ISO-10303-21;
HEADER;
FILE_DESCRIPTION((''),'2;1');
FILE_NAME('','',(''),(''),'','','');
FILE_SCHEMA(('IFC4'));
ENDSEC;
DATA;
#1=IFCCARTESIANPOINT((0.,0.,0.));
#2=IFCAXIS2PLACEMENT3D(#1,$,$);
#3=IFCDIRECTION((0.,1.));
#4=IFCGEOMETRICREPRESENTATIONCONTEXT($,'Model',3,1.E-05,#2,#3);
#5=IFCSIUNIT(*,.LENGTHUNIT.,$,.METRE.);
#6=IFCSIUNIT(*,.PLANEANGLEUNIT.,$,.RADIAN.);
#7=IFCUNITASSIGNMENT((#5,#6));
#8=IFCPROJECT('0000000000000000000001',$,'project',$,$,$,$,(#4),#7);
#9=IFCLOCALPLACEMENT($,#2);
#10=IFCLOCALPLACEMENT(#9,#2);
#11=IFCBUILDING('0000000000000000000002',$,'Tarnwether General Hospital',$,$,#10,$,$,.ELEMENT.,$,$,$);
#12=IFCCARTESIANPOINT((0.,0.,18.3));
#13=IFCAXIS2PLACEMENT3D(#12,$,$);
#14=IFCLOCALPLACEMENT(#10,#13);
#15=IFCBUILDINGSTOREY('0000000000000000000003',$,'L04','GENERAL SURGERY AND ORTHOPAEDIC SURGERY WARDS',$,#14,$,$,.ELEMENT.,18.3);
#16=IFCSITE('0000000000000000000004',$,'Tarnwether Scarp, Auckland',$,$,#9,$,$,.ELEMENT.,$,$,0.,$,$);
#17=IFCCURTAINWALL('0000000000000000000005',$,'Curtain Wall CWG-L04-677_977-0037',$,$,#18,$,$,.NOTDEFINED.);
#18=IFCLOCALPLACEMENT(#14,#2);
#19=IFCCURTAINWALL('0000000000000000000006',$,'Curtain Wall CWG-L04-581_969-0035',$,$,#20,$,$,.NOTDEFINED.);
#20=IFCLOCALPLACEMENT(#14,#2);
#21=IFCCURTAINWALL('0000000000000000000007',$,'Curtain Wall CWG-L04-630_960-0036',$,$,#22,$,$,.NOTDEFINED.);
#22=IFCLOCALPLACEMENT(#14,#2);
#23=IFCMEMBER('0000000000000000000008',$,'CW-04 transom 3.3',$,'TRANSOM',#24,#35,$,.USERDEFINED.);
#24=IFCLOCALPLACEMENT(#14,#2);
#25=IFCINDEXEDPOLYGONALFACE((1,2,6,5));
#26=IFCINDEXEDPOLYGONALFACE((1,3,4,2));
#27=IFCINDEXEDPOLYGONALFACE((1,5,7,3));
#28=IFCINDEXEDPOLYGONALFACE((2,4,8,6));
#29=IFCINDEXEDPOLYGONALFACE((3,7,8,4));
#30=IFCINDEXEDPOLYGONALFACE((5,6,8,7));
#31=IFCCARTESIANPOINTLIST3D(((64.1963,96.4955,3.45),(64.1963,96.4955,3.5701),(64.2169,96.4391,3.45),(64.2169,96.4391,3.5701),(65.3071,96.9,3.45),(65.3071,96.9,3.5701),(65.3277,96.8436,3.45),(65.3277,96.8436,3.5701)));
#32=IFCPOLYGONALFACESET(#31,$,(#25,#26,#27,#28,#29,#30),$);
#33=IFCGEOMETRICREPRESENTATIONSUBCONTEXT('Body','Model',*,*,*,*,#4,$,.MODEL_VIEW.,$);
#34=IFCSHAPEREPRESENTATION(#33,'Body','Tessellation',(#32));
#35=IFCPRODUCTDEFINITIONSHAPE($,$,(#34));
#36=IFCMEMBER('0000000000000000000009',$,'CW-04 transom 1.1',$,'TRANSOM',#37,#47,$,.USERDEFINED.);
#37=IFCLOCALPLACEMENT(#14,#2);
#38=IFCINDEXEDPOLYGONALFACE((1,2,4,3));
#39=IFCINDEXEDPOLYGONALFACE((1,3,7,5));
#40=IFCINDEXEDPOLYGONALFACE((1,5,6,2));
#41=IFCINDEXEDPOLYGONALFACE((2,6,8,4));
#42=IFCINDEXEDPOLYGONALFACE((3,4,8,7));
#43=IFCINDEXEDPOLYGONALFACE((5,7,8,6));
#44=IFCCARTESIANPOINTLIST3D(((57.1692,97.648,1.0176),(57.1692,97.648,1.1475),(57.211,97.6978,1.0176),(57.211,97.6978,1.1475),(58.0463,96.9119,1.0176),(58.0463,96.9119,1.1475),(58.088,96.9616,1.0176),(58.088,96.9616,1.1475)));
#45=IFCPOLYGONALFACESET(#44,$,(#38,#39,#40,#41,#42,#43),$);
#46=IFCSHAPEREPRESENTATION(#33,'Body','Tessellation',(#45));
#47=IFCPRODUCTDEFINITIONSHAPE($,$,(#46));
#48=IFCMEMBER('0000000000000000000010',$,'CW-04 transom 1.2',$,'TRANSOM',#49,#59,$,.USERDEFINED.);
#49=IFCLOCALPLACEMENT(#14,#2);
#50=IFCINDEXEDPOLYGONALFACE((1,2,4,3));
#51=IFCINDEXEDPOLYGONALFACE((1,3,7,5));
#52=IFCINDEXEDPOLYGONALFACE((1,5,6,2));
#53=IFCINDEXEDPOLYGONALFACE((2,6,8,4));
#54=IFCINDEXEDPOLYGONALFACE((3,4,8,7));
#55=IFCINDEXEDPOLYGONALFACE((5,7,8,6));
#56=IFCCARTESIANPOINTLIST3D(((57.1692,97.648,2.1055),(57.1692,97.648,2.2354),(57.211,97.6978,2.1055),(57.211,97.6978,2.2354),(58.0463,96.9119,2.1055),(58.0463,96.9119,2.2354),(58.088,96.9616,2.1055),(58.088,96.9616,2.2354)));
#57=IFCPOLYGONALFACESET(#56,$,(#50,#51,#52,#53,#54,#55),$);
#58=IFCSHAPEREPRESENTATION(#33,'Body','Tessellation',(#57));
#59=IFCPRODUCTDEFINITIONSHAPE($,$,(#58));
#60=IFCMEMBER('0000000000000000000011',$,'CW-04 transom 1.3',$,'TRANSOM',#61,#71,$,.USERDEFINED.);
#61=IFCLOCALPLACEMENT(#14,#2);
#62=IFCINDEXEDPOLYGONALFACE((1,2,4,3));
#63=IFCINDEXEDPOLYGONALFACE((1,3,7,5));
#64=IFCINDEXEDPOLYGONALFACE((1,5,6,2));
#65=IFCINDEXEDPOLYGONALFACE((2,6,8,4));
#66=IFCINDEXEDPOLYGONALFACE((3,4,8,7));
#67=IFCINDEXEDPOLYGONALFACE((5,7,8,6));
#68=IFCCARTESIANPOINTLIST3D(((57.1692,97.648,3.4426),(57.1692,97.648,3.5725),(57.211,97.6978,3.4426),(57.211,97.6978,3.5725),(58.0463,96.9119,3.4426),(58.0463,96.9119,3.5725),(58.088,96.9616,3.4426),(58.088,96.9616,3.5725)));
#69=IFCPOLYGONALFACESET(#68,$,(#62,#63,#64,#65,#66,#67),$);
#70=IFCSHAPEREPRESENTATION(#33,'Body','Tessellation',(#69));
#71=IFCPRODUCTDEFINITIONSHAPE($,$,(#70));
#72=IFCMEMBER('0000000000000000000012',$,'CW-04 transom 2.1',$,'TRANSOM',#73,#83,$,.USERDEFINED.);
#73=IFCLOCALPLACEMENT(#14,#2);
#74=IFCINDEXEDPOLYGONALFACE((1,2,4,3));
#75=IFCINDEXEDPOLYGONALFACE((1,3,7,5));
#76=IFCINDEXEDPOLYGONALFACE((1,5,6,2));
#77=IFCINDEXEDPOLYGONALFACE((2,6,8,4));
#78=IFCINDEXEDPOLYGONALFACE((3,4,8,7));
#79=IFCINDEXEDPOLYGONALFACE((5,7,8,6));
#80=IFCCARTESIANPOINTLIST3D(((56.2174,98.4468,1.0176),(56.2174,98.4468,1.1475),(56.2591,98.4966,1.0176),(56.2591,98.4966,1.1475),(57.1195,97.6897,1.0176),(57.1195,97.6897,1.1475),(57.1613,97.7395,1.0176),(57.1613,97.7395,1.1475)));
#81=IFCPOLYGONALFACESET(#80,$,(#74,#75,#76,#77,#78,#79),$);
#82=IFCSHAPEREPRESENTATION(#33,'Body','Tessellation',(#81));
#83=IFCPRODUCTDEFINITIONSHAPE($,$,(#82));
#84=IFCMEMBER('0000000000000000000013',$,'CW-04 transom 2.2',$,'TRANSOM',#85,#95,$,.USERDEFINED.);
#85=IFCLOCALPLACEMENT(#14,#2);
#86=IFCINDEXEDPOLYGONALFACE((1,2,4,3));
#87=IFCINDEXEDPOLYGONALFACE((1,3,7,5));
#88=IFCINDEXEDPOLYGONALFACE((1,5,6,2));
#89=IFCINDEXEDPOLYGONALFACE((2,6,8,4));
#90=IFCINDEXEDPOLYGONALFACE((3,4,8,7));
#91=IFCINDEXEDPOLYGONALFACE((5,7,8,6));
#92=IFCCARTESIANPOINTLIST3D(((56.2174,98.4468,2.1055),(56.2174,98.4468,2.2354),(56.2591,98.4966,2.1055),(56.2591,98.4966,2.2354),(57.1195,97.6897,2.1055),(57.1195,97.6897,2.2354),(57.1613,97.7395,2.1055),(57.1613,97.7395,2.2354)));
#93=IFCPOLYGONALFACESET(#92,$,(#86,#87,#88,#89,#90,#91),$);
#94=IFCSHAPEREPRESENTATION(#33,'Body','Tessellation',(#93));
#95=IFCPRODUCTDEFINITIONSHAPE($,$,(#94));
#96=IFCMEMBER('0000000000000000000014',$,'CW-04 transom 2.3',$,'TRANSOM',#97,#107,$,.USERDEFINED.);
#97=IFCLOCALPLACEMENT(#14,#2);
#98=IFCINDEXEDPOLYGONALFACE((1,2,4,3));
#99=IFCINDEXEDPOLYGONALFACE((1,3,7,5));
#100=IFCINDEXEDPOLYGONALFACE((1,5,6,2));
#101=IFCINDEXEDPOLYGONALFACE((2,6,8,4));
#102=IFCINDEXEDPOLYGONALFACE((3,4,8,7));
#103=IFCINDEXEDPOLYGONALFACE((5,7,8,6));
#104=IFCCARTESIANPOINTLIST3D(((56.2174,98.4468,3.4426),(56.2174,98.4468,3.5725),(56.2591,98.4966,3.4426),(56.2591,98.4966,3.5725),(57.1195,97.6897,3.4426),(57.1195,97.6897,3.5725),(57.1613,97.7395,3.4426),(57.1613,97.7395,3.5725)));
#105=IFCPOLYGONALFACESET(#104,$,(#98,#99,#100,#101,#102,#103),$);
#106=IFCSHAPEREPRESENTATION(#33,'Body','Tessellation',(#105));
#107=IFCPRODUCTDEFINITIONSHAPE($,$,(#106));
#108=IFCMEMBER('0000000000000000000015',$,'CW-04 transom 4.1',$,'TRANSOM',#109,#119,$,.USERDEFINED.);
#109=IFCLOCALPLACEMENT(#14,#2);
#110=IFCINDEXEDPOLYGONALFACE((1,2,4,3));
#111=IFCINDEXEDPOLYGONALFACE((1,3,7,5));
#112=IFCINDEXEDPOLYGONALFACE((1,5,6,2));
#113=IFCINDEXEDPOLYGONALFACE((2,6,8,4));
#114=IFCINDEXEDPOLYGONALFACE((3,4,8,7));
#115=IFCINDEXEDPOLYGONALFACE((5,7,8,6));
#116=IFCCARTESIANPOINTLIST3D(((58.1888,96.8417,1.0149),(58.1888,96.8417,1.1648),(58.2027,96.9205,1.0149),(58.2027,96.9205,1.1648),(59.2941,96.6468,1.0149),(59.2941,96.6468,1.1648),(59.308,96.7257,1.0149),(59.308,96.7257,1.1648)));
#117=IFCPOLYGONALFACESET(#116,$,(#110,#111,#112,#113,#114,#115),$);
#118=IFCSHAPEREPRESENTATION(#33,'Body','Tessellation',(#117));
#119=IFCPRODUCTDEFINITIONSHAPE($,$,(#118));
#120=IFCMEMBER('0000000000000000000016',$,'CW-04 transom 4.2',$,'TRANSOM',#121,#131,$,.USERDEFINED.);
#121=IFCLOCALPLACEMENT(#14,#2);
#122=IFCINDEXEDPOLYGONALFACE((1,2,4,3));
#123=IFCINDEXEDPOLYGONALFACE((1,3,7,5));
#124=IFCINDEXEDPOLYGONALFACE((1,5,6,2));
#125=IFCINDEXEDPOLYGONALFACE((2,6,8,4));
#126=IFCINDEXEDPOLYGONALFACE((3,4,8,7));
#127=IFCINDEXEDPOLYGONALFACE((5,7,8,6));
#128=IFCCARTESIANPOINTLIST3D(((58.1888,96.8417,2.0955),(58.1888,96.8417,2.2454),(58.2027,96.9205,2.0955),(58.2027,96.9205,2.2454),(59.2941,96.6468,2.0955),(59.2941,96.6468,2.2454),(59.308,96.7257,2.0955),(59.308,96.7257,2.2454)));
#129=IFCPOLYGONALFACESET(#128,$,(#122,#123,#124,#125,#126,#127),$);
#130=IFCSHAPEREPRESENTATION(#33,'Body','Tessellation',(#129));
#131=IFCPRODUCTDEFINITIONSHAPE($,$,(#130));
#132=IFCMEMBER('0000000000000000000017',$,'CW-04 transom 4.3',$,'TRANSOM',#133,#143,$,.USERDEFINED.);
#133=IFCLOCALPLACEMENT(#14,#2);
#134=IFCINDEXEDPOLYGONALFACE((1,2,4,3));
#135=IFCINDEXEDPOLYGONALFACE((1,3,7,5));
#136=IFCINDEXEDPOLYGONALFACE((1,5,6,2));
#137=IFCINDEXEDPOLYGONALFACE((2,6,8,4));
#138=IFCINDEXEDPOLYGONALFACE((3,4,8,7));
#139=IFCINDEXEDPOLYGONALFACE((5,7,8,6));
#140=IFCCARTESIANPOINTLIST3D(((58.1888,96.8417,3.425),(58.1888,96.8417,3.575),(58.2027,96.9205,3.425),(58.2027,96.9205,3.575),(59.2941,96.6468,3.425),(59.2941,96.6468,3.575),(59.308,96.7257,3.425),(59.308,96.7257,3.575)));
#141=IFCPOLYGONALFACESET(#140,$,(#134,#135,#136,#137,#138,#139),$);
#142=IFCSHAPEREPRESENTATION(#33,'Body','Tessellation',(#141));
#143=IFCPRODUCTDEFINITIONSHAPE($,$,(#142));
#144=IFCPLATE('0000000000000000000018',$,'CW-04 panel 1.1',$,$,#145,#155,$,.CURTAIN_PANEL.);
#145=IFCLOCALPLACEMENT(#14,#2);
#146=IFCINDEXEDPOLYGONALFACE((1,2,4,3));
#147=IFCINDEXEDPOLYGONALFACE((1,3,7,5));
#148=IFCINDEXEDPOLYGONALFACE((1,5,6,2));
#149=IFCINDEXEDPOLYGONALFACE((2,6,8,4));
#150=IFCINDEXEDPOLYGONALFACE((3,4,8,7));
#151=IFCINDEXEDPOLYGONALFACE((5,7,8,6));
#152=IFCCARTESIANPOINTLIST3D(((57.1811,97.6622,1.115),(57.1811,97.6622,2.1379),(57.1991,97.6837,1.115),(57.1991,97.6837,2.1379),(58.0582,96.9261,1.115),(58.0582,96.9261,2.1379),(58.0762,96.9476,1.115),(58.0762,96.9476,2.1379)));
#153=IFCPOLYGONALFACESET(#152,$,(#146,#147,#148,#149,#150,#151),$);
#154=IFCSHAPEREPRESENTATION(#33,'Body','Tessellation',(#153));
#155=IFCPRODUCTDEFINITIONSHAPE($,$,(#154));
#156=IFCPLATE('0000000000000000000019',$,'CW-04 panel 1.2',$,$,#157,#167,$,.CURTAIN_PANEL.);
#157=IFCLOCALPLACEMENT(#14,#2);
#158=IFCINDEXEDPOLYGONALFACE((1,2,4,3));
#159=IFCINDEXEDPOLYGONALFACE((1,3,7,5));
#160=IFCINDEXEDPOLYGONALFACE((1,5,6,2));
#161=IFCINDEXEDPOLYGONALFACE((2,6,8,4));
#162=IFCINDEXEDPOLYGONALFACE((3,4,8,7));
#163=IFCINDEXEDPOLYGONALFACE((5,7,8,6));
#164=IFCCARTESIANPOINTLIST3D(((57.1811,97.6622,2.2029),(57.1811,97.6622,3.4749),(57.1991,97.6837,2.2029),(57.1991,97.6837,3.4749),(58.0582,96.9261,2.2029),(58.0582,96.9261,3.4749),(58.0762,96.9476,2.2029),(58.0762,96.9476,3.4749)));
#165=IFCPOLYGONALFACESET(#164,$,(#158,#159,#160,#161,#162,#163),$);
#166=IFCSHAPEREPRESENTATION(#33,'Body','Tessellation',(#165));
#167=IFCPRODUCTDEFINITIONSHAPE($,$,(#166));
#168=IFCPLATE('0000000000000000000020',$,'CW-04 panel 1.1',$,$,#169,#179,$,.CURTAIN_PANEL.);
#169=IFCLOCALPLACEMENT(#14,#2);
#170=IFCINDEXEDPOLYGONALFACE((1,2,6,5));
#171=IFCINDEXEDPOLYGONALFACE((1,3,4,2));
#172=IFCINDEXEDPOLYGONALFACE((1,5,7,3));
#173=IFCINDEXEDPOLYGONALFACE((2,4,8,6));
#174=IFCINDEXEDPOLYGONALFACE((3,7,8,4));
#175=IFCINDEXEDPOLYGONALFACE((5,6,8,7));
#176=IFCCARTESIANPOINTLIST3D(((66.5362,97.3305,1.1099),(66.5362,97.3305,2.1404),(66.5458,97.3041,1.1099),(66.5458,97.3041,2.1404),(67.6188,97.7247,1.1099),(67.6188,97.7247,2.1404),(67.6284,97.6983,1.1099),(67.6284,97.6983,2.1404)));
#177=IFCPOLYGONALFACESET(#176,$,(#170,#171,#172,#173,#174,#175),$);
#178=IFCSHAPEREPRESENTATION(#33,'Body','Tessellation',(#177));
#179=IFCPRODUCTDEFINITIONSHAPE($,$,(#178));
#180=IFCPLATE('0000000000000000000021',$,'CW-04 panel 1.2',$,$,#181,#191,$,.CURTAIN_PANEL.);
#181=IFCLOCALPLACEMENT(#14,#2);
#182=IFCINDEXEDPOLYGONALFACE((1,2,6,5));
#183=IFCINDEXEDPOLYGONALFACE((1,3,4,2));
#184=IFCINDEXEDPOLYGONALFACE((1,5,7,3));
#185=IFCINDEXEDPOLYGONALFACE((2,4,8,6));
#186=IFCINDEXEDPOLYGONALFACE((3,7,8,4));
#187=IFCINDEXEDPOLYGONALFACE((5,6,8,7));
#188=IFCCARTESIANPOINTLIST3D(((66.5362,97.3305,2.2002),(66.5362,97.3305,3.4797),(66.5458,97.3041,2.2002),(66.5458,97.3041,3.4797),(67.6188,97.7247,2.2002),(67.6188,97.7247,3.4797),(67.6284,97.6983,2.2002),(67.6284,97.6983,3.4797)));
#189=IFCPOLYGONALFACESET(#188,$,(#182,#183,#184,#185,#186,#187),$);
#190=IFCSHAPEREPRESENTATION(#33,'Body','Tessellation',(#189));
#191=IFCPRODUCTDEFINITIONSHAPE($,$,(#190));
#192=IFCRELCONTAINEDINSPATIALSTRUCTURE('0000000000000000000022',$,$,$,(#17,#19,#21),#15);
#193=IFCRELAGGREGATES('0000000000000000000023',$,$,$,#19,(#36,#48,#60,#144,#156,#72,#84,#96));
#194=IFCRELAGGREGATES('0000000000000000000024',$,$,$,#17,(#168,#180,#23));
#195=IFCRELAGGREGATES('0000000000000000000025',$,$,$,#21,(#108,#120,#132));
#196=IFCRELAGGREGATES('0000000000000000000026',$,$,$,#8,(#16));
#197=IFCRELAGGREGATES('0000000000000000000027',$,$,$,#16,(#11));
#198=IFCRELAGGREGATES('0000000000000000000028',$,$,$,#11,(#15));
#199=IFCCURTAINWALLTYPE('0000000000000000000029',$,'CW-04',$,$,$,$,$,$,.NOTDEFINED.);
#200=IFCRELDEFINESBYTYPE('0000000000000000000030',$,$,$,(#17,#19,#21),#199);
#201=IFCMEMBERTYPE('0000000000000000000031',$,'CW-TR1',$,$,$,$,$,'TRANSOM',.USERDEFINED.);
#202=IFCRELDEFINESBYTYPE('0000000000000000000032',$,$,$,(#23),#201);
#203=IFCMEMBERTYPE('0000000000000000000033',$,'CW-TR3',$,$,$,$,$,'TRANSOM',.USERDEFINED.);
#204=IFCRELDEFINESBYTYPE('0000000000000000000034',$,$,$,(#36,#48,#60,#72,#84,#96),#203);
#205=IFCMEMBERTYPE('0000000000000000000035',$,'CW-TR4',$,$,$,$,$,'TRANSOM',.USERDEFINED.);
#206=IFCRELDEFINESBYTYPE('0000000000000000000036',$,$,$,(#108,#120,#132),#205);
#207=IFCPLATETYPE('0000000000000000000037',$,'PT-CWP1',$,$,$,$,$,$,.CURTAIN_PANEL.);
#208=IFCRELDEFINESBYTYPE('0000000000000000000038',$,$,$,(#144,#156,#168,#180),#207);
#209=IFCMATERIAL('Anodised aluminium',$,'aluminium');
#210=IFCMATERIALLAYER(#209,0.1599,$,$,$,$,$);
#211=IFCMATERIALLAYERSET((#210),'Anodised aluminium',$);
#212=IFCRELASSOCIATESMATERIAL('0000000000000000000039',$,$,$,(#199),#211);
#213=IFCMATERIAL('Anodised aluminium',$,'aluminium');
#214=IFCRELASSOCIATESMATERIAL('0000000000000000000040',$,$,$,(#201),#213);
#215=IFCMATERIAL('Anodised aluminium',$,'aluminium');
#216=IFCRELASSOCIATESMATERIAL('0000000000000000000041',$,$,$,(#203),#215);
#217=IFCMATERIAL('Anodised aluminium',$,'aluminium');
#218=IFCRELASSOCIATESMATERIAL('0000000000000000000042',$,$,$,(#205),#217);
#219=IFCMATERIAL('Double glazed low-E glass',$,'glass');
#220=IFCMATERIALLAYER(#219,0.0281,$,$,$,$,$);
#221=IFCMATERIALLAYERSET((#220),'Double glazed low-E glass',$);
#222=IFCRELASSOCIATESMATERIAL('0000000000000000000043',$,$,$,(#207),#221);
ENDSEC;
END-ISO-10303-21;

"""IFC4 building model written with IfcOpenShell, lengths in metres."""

from ifc_helpers import new_model, si_unit, direction, frame, origin, origin_2d, place, context, subcontext, project, spatial, rectangle, extrude, material, layer, layer_set, material_profile, profile_set, type_object, element, aggregate, save


model = new_model("IFC4")

# Units and contexts
model_context = context("Model", 3, precision=1e-05, world=origin(), true_north=direction((0.0, 1.0)))
body_context = subcontext(model_context, "Body", "Model", "MODEL_VIEW")
ifc_project = project(units=[si_unit("LENGTHUNIT", "METRE"), si_unit("PLANEANGLEUNIT", "RADIAN")], contexts=[model_context])

# Site, building, storey
site_placement = place(None, origin())
site = spatial("IfcSite", under=ifc_project, at=site_placement, Name="Tarnwether Scarp, Auckland", CompositionType="ELEMENT", RefElevation=0.0)
building_placement = place(site_placement, origin())
building = spatial("IfcBuilding", under=site, at=building_placement, Name="Tarnwether General Hospital", CompositionType="ELEMENT")
storey_placement = place(building_placement, frame((0.0, 0.0, 18.3)))
storey = spatial("IfcBuildingStorey", under=building, at=storey_placement, Name="L04", Description="GENERAL SURGERY AND ORTHOPAEDIC SURGERY WARDS", CompositionType="ELEMENT", Elevation=18.3)

# Curtain walls
ifc_material_1 = material(Name="Anodised aluminium", Category="aluminium")
ifc_layer_1 = layer(ifc_material_1, 0.1599)
ifc_layer_set_1 = layer_set([ifc_layer_1], Name="Anodised aluminium")
curtain_wall_type = type_object("IfcCurtainWallType", Name="CW-04", PredefinedType="NOTDEFINED", material=ifc_layer_set_1)
curtain_wall_1_placement = place(storey_placement, origin())
curtain_wall_1 = element("IfcCurtainWall", 1, at=curtain_wall_1_placement, inside=storey, type_object=curtain_wall_type, Name="Curtain Wall CWG-L04-677_977-0037", PredefinedType="NOTDEFINED")
curtain_wall_2_placement = place(storey_placement, origin())
curtain_wall_2 = element("IfcCurtainWall", 2, at=curtain_wall_2_placement, inside=storey, type_object=curtain_wall_type, Name="Curtain Wall CWG-L04-581_969-0035", PredefinedType="NOTDEFINED")

# Curtain wall
curtain_wall_3_placement = place(storey_placement, origin())
curtain_wall_3 = element("IfcCurtainWall", 3, at=curtain_wall_3_placement, inside=storey, type_object=curtain_wall_type, Name="Curtain Wall CWG-L04-630_960-0036", PredefinedType="NOTDEFINED")

# Members
ifc_material_2 = material(Name="Anodised aluminium", Category="aluminium")
ifc_material_profile_1 = material_profile(ifc_material_2, rectangle(XDim=0.0601, YDim=0.1201, at=origin_2d()), Name="ALU-TRN-60x120")
ifc_profile_set_1 = profile_set([ifc_material_profile_1], Name="Anodised aluminium")
member_type_1 = type_object("IfcMemberType", Name="CW-TR1", ElementType="TRANSOM", PredefinedType="USERDEFINED", material=ifc_profile_set_1)
member_1_placement = place(storey_placement, frame((65.3174, 96.8718, 3.51), z_axis=(-0.939631, -0.342191, 0.0), x_axis=(0.342191, -0.939631, 0.0)))
member_1 = element("IfcMember", 4, at=member_1_placement, type_object=member_type_1, Name="CW-04 transom 3.3", ObjectType="TRANSOM", PredefinedType="USERDEFINED", context=body_context, shape_type="SweptSolid", body=[
    extrude(rectangle(XDim=0.0601, YDim=0.1201, at=origin_2d()), origin(), (0.0, 0.0, 1.0), 1.1821),
])
ifc_material_3 = material(Name="Anodised aluminium", Category="aluminium")
ifc_material_profile_2 = material_profile(ifc_material_3, rectangle(XDim=0.0649, YDim=0.1299, at=origin_2d()), Name="ALU-TRN-65x130")
ifc_profile_set_2 = profile_set([ifc_material_profile_2], Name="Anodised aluminium")
member_type_2 = type_object("IfcMemberType", Name="CW-TR3", ElementType="TRANSOM", PredefinedType="USERDEFINED", material=ifc_profile_set_2)
member_2_placement = place(storey_placement, frame((58.0671, 96.9368, 1.0825), z_axis=(-0.765944, 0.642907, 0.0), x_axis=(-0.642907, -0.765944, 0.0)))
member_2 = element("IfcMember", 5, at=member_2_placement, type_object=member_type_2, Name="CW-04 transom 1.1", ObjectType="TRANSOM", PredefinedType="USERDEFINED", context=body_context, shape_type="SweptSolid", body=[
    extrude(rectangle(XDim=0.0649, YDim=0.1299, at=origin_2d()), origin(), (0.0, 0.0, 1.0), 1.145),
])
member_3_placement = place(storey_placement, frame((58.0671, 96.9368, 2.1704), z_axis=(-0.765944, 0.642907, 0.0), x_axis=(-0.642907, -0.765944, 0.0)))
member_3 = element("IfcMember", 6, at=member_3_placement, type_object=member_type_2, Name="CW-04 transom 1.2", ObjectType="TRANSOM", PredefinedType="USERDEFINED", context=body_context, shape_type="SweptSolid", body=[
    extrude(rectangle(XDim=0.0649, YDim=0.1299, at=origin_2d()), origin(), (0.0, 0.0, 1.0), 1.145),
])
member_4_placement = place(storey_placement, frame((58.0671, 96.9368, 3.5076), z_axis=(-0.765944, 0.642907, 0.0), x_axis=(-0.642907, -0.765944, 0.0)))
member_4 = element("IfcMember", 7, at=member_4_placement, type_object=member_type_2, Name="CW-04 transom 1.3", ObjectType="TRANSOM", PredefinedType="USERDEFINED", context=body_context, shape_type="SweptSolid", body=[
    extrude(rectangle(XDim=0.0649, YDim=0.1299, at=origin_2d()), origin(), (0.0, 0.0, 1.0), 1.145),
])
member_5_placement = place(storey_placement, frame((57.1404, 97.7146, 1.0825), z_axis=(-0.765991, 0.642852, 0.0), x_axis=(-0.642852, -0.765991, 0.0)))
member_5 = element("IfcMember", 8, at=member_5_placement, type_object=member_type_2, Name="CW-04 transom 2.1", ObjectType="TRANSOM", PredefinedType="USERDEFINED", context=body_context, shape_type="SweptSolid", body=[
    extrude(rectangle(XDim=0.0649, YDim=0.1299, at=origin_2d()), origin(), (0.0, 0.0, 1.0), 1.1777),
])
member_6_placement = place(storey_placement, frame((57.1404, 97.7146, 2.1704), z_axis=(-0.765991, 0.642852, 0.0), x_axis=(-0.642852, -0.765991, 0.0)))
member_6 = element("IfcMember", 9, at=member_6_placement, type_object=member_type_2, Name="CW-04 transom 2.2", ObjectType="TRANSOM", PredefinedType="USERDEFINED", context=body_context, shape_type="SweptSolid", body=[
    extrude(rectangle(XDim=0.0649, YDim=0.1299, at=origin_2d()), origin(), (0.0, 0.0, 1.0), 1.1777),
])
member_7_placement = place(storey_placement, frame((57.1404, 97.7146, 3.5076), z_axis=(-0.765991, 0.642852, 0.0), x_axis=(-0.642852, -0.765991, 0.0)))
member_7 = element("IfcMember", 10, at=member_7_placement, type_object=member_type_2, Name="CW-04 transom 2.3", ObjectType="TRANSOM", PredefinedType="USERDEFINED", context=body_context, shape_type="SweptSolid", body=[
    extrude(rectangle(XDim=0.0649, YDim=0.1299, at=origin_2d()), origin(), (0.0, 0.0, 1.0), 1.1777),
])
ifc_material_4 = material(Name="Anodised aluminium", Category="aluminium")
ifc_material_profile_3 = material_profile(ifc_material_4, rectangle(XDim=0.0801, YDim=0.1499, at=origin_2d()), Name="ALU-TRN-80x150")
ifc_profile_set_3 = profile_set([ifc_material_profile_3], Name="Anodised aluminium")
member_type_3 = type_object("IfcMemberType", Name="CW-TR4", ElementType="TRANSOM", PredefinedType="USERDEFINED", material=ifc_profile_set_3)
member_8_placement = place(storey_placement, frame((59.301, 96.6863, 1.0898), z_axis=(-0.984816, 0.173599, 0.0), x_axis=(-0.173599, -0.984816, 0.0)))
member_8 = element("IfcMember", 11, at=member_8_placement, type_object=member_type_3, Name="CW-04 transom 4.1", ObjectType="TRANSOM", PredefinedType="USERDEFINED", context=body_context, shape_type="SweptSolid", body=[
    extrude(rectangle(XDim=0.0801, YDim=0.1499, at=origin_2d()), origin(), (0.0, 0.0, 1.0), 1.1223),
])
member_9_placement = place(storey_placement, frame((59.301, 96.6863, 2.1704), z_axis=(-0.984816, 0.173599, 0.0), x_axis=(-0.173599, -0.984816, 0.0)))
member_9 = element("IfcMember", 12, at=member_9_placement, type_object=member_type_3, Name="CW-04 transom 4.2", ObjectType="TRANSOM", PredefinedType="USERDEFINED", context=body_context, shape_type="SweptSolid", body=[
    extrude(rectangle(XDim=0.0801, YDim=0.1499, at=origin_2d()), origin(), (0.0, 0.0, 1.0), 1.1223),
])
member_10_placement = place(storey_placement, frame((59.301, 96.6863, 3.5), z_axis=(-0.984816, 0.173599, 0.0), x_axis=(-0.173599, -0.984816, 0.0)))
member_10 = element("IfcMember", 13, at=member_10_placement, type_object=member_type_3, Name="CW-04 transom 4.3", ObjectType="TRANSOM", PredefinedType="USERDEFINED", context=body_context, shape_type="SweptSolid", body=[
    extrude(rectangle(XDim=0.0801, YDim=0.1499, at=origin_2d()), origin(), (0.0, 0.0, 1.0), 1.1223),
])

# Plates
ifc_material_5 = material(Name="Double glazed low-E glass", Category="glass")
ifc_layer_2 = layer(ifc_material_5, 0.0281)
ifc_layer_set_2 = layer_set([ifc_layer_2], Name="Double glazed low-E glass")
plate_type_1 = type_object("IfcPlateType", Name="PT-CWP1", PredefinedType="CURTAIN_PANEL", material=ifc_layer_set_2)
plate_1_placement = place(storey_placement, frame((57.6287, 97.3049, 1.115), z_axis=(0.0, 0.0, 1.0), x_axis=(-0.76599, 0.642852, 0.0)))
plate_1 = element("IfcPlate", 14, at=plate_1_placement, type_object=plate_type_1, Name="CW-04 panel 1.1", PredefinedType="CURTAIN_PANEL", context=body_context, shape_type="SweptSolid", body=[
    extrude(rectangle(XDim=1.145, YDim=0.0281, at=origin_2d()), origin(), (0.0, 0.0, 1.0), 1.0229),
])
plate_2_placement = place(storey_placement, frame((57.6287, 97.3049, 2.2029), z_axis=(0.0, 0.0, 1.0), x_axis=(-0.76599, 0.642852, 0.0)))
plate_2 = element("IfcPlate", 15, at=plate_2_placement, type_object=plate_type_1, Name="CW-04 panel 1.2", PredefinedType="CURTAIN_PANEL", context=body_context, shape_type="SweptSolid", body=[
    extrude(rectangle(XDim=1.145, YDim=0.0281, at=origin_2d()), origin(), (0.0, 0.0, 1.0), 1.272),
])
aggregate(curtain_wall_2, [member_2, member_3, member_4, plate_1, plate_2, member_5, member_6, member_7])
plate_3_placement = place(storey_placement, frame((67.0823, 97.5144, 1.1099), z_axis=(0.0, 0.0, 1.0), x_axis=(-0.939652, -0.342131, 0.0)))
plate_3 = element("IfcPlate", 16, at=plate_3_placement, type_object=plate_type_1, Name="CW-04 panel 1.1", PredefinedType="CURTAIN_PANEL", context=body_context, shape_type="SweptSolid", body=[
    extrude(rectangle(XDim=1.1521, YDim=0.0281, at=origin_2d()), origin(), (0.0, 0.0, 1.0), 1.0305),
])
plate_4_placement = place(storey_placement, frame((67.0823, 97.5144, 2.2002), z_axis=(0.0, 0.0, 1.0), x_axis=(-0.939652, -0.342131, 0.0)))
plate_4 = element("IfcPlate", 17, at=plate_4_placement, type_object=plate_type_1, Name="CW-04 panel 1.2", PredefinedType="CURTAIN_PANEL", context=body_context, shape_type="SweptSolid", body=[
    extrude(rectangle(XDim=1.1521, YDim=0.0281, at=origin_2d()), origin(), (0.0, 0.0, 1.0), 1.2795),
])
aggregate(curtain_wall_1, [plate_3, plate_4, member_1])
aggregate(curtain_wall_3, [member_8, member_9, member_10])

save(model, "model.ifc")
